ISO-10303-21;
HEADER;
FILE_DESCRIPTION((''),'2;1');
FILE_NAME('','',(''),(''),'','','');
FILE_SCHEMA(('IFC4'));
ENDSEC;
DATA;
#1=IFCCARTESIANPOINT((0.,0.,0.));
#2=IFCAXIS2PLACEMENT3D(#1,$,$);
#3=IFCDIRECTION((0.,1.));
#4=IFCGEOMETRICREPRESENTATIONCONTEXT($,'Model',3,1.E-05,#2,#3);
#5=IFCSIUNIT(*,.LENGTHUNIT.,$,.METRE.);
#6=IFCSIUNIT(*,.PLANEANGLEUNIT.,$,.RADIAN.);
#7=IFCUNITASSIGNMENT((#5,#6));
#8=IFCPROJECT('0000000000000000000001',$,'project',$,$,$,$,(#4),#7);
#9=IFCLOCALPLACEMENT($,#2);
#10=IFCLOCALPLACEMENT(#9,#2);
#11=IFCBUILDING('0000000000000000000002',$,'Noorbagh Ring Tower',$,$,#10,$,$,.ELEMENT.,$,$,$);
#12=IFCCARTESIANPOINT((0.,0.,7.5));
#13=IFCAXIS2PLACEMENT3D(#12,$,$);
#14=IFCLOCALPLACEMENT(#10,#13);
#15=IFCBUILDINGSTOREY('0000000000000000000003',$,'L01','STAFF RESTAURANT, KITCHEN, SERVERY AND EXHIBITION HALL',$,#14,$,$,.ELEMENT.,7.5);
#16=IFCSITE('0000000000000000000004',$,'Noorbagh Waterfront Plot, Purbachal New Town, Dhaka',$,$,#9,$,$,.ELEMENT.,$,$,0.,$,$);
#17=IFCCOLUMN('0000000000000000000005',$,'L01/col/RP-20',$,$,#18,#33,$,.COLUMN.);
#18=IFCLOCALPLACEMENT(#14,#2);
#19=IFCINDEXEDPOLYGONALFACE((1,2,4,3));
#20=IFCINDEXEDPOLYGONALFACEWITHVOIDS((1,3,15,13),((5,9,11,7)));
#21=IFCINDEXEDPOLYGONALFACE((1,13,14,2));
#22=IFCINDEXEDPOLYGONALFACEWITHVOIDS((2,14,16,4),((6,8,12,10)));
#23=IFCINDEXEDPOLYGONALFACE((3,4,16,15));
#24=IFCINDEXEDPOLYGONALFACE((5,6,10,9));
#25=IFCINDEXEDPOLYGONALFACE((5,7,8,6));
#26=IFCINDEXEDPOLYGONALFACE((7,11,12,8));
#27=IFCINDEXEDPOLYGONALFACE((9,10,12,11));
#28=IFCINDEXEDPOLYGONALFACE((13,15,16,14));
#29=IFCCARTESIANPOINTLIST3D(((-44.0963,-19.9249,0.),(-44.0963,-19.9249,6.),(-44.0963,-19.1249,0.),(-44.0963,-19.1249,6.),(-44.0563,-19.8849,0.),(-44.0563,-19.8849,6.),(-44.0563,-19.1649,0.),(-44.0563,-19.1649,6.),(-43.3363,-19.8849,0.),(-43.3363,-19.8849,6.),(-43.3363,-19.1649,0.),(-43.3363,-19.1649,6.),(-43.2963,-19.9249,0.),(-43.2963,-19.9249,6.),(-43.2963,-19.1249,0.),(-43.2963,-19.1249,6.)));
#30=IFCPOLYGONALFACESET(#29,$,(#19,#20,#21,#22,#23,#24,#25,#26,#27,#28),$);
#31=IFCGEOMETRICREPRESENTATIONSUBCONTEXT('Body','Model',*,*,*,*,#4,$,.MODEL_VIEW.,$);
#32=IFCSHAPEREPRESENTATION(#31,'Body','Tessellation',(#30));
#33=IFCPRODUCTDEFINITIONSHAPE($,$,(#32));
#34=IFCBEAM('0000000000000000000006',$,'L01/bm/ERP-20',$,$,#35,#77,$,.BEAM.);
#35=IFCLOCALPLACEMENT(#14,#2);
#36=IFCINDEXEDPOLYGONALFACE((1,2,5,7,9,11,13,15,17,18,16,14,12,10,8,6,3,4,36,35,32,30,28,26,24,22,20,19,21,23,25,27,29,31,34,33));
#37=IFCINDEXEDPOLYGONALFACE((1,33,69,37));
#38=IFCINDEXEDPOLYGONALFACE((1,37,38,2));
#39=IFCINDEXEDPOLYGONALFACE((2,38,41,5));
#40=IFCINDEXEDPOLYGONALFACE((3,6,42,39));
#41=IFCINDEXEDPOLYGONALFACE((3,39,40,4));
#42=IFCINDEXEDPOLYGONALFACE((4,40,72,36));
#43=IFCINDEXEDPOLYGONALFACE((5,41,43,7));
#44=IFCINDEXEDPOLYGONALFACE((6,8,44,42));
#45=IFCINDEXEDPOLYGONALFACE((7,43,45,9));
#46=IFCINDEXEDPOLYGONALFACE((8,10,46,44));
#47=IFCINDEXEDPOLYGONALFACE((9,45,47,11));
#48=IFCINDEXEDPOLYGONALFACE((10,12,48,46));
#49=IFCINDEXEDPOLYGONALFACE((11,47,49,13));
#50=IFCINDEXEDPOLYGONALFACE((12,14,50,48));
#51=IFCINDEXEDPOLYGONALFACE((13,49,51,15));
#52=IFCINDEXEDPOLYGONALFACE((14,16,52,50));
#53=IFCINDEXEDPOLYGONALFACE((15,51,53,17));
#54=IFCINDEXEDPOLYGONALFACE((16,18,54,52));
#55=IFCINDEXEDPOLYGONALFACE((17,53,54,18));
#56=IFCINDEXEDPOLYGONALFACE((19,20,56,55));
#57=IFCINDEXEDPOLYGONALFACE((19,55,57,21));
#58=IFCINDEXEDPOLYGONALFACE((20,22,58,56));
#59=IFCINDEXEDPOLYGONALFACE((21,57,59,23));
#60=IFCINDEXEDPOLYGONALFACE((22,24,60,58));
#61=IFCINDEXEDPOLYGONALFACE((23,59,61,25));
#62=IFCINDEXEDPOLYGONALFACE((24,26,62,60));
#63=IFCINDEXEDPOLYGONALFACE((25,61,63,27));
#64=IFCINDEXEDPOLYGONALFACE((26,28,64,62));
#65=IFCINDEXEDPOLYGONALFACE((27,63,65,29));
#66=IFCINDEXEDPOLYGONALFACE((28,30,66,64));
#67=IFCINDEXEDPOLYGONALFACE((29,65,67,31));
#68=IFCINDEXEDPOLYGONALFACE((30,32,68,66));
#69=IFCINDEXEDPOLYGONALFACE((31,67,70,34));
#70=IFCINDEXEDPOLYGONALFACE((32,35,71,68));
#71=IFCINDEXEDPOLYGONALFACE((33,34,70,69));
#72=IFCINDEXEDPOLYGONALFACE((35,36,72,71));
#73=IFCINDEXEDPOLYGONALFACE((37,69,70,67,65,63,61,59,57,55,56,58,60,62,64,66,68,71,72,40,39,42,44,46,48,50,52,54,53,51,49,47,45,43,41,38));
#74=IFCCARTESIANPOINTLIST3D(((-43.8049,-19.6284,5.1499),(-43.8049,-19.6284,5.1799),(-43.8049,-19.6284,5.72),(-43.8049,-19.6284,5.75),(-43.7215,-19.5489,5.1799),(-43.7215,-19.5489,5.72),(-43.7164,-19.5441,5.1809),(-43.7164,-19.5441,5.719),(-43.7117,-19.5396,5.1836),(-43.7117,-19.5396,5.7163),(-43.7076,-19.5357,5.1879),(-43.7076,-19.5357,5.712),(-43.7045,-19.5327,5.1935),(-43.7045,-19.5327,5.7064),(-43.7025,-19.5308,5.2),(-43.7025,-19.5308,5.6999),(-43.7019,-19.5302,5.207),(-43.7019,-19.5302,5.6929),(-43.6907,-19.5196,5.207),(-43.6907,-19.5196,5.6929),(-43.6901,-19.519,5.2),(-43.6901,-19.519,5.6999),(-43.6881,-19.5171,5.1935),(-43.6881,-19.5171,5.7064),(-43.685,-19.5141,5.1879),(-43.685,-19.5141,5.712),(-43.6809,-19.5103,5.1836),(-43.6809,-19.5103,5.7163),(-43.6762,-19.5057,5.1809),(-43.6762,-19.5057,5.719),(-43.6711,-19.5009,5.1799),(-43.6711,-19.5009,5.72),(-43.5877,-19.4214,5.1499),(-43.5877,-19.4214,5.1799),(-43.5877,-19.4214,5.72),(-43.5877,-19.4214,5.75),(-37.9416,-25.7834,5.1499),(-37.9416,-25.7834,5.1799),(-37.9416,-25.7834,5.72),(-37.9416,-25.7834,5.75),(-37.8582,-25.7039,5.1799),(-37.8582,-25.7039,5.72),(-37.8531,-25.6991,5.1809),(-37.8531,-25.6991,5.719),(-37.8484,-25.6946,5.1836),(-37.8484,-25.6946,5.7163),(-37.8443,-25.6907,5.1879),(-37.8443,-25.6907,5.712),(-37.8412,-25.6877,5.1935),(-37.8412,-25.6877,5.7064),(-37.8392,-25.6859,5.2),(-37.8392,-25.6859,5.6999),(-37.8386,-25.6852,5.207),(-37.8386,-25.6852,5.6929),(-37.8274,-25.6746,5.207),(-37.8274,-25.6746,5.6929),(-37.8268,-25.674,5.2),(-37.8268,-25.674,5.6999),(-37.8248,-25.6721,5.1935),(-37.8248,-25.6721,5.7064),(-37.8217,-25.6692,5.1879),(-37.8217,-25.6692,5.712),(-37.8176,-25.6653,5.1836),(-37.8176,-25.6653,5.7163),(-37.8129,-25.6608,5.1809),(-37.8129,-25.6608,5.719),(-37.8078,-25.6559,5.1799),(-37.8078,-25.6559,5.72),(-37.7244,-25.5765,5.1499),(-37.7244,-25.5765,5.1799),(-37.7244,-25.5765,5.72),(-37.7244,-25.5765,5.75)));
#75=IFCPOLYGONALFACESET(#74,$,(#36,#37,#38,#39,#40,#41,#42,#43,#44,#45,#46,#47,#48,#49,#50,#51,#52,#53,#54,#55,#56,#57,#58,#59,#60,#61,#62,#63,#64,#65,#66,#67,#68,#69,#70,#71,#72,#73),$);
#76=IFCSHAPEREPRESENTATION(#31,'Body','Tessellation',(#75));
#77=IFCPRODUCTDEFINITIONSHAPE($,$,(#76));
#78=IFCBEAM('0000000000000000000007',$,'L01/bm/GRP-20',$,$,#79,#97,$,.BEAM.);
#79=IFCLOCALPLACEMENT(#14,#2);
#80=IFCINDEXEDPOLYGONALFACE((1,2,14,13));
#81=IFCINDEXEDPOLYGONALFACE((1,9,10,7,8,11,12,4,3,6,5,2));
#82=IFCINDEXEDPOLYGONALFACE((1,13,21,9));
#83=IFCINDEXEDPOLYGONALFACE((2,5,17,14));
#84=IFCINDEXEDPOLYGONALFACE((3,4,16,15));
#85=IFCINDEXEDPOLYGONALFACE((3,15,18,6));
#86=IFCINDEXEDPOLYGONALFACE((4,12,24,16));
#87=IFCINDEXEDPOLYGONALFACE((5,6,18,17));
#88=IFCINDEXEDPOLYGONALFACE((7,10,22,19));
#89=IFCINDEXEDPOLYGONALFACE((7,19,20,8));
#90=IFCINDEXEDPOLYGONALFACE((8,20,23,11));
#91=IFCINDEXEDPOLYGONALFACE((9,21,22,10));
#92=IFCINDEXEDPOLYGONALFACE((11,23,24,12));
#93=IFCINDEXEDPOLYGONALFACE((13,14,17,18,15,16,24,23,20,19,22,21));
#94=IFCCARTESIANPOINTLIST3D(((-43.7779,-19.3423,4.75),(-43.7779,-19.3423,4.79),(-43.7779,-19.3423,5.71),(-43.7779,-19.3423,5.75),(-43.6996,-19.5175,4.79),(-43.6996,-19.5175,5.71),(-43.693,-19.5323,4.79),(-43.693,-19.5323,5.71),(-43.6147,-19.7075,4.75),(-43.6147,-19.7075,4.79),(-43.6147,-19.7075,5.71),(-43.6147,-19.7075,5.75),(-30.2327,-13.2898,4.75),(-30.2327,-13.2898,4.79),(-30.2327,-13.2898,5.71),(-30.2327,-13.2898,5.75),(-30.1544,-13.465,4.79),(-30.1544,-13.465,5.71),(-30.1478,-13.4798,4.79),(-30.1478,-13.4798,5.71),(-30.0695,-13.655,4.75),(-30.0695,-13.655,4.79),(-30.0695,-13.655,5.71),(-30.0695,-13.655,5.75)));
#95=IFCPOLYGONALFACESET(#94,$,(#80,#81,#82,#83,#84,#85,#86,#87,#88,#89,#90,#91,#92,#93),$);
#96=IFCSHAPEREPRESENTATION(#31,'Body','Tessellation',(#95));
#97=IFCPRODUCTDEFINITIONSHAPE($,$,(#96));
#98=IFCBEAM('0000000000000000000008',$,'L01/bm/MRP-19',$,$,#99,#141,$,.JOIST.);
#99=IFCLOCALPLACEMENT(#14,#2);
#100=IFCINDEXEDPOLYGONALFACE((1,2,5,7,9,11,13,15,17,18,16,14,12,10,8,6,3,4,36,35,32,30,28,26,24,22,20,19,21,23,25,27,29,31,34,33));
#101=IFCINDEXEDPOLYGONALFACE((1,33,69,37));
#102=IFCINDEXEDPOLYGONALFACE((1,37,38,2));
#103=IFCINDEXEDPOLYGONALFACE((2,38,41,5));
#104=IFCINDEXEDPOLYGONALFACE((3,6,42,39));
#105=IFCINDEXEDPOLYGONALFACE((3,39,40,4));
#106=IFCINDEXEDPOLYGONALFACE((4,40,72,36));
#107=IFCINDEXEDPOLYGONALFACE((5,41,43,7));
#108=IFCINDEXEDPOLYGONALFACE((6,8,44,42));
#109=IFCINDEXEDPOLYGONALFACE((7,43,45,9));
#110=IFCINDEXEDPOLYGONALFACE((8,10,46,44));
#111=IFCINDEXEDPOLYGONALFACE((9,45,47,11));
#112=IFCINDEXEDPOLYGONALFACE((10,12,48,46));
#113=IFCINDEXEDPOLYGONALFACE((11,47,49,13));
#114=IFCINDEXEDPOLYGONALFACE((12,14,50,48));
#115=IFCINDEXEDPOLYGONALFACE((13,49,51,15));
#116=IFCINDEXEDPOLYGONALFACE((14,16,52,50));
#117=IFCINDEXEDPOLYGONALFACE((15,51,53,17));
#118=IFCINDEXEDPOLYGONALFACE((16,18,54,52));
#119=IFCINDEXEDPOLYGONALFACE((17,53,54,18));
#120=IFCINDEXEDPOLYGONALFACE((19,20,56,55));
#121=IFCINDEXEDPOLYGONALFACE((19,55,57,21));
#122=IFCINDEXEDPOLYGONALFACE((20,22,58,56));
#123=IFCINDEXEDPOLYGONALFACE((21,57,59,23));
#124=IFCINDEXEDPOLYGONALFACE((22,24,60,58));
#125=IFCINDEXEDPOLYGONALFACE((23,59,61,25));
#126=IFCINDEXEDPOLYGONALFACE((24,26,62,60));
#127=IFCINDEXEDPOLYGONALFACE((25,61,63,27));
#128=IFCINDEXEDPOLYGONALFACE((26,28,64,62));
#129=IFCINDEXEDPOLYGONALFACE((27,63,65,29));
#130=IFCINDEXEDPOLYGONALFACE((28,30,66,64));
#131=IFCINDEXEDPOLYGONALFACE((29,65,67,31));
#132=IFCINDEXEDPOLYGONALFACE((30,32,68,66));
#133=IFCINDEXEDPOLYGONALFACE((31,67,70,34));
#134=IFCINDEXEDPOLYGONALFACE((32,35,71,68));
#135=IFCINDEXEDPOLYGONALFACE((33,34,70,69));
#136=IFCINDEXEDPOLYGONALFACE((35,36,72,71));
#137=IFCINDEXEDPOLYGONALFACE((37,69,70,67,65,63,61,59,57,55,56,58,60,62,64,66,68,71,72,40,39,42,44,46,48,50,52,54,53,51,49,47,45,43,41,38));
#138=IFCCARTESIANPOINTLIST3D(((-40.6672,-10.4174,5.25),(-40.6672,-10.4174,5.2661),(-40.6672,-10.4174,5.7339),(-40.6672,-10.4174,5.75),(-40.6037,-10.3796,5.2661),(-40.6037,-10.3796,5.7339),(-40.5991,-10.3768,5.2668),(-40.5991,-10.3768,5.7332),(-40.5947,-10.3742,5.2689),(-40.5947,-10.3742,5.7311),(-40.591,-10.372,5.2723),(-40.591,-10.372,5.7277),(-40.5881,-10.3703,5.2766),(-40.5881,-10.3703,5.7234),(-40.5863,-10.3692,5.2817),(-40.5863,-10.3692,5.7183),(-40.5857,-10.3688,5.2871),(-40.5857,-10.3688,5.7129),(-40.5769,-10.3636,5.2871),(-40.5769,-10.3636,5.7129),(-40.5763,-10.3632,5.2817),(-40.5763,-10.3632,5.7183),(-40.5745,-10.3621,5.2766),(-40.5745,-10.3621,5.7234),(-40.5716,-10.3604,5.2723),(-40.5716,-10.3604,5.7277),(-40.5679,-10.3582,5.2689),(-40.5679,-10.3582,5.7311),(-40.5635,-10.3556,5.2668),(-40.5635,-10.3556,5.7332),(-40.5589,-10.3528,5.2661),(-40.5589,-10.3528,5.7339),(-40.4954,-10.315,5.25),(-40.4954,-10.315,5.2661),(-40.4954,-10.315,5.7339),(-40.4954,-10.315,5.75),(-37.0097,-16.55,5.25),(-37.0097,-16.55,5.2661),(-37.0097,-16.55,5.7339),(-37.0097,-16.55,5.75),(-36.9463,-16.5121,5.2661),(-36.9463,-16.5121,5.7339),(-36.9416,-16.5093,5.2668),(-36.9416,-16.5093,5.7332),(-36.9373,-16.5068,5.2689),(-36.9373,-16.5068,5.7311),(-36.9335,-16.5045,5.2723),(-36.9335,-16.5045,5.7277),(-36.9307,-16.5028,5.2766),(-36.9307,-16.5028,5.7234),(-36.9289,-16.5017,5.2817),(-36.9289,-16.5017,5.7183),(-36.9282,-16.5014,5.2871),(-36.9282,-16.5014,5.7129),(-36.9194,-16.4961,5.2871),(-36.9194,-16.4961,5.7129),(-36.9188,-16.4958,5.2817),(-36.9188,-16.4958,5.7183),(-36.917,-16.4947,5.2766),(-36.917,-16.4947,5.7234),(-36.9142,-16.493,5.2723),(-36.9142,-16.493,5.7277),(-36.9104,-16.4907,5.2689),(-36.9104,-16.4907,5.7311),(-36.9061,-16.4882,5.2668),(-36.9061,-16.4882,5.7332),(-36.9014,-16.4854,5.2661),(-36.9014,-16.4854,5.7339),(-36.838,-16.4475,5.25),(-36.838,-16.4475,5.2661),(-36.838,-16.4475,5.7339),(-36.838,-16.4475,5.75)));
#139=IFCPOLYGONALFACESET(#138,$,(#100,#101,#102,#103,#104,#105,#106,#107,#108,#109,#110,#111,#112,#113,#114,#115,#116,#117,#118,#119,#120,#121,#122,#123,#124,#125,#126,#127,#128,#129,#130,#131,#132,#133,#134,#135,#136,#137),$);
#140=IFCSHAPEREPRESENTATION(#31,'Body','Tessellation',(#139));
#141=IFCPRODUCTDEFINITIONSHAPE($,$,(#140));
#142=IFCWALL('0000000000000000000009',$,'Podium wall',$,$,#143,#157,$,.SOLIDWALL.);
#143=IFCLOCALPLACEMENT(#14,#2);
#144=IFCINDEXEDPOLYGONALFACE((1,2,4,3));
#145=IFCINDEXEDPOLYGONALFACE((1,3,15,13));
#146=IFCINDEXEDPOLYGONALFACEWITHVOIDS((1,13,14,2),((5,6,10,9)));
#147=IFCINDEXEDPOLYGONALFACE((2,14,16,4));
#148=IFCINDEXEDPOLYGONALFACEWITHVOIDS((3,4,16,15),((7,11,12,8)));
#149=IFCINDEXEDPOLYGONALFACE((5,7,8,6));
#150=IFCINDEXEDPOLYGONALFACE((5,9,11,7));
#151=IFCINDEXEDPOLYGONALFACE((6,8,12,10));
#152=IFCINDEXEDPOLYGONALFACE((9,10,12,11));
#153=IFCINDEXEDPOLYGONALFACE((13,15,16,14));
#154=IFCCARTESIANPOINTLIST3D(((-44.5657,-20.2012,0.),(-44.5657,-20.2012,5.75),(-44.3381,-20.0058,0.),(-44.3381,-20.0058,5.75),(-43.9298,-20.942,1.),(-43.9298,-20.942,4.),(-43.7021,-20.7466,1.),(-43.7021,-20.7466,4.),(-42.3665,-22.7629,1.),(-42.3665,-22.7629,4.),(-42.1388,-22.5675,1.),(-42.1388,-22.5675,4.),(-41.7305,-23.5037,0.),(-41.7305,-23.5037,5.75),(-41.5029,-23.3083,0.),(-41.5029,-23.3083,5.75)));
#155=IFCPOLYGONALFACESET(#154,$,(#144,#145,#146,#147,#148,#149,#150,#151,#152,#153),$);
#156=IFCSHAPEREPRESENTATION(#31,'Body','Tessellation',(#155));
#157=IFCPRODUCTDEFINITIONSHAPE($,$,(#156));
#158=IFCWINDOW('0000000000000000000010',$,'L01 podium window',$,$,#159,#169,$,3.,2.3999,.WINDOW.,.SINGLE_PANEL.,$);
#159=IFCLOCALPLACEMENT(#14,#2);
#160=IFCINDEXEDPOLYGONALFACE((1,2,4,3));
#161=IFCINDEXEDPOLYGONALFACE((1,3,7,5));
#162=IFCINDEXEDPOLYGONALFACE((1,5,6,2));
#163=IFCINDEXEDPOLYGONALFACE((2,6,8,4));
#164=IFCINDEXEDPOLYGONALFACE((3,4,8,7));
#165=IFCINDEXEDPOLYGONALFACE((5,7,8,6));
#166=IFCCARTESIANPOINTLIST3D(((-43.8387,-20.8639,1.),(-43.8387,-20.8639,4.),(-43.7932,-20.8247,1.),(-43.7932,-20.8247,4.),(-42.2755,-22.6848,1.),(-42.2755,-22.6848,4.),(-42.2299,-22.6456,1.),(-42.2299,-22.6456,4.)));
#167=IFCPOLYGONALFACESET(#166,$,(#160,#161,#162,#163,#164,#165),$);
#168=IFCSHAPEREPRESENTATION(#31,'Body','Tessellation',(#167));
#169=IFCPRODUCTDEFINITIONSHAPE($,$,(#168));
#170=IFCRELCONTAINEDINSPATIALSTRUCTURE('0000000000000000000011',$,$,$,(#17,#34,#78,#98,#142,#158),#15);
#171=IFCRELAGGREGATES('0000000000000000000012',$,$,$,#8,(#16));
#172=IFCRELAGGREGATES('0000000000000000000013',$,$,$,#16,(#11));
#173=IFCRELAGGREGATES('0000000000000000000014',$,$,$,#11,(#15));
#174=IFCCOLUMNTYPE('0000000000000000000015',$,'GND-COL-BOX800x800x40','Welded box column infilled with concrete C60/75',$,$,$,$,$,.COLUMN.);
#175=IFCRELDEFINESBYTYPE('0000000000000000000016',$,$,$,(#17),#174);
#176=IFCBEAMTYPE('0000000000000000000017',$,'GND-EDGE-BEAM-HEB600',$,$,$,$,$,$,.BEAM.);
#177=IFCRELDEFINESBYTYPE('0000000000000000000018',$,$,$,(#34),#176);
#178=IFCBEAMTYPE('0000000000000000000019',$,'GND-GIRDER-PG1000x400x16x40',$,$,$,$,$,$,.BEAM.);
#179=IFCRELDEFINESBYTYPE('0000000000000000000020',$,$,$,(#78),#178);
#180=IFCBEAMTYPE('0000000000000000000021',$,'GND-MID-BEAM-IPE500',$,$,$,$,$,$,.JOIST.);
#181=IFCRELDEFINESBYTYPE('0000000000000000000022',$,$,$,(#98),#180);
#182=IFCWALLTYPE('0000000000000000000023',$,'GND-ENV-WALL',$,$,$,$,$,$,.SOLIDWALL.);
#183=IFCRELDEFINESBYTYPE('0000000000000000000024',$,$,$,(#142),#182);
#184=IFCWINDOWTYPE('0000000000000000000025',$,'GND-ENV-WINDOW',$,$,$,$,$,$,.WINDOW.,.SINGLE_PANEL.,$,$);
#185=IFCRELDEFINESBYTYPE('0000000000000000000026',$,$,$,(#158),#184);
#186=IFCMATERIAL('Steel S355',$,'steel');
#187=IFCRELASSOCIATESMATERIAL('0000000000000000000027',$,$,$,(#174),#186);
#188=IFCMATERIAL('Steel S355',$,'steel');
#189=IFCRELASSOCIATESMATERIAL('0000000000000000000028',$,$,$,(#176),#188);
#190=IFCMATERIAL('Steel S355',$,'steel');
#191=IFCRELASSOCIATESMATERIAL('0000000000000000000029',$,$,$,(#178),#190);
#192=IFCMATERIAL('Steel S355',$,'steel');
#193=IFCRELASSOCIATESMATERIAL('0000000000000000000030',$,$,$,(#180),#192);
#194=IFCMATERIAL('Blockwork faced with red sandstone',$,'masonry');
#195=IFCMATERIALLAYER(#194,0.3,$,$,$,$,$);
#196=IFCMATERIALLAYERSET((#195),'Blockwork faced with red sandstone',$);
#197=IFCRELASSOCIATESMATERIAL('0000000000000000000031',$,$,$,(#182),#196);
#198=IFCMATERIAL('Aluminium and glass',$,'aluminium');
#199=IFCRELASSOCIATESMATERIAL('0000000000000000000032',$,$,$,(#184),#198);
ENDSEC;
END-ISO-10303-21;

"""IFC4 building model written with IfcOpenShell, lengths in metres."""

from ifc_helpers import new_model, si_unit, direction, frame, frame_2d, origin, origin_2d, place, context, subcontext, project, spatial, rectangle, hollow_rectangle, i_section, extrude, material, layer, layer_set, material_profile, profile_set, type_object, element, fill, save


model = new_model("IFC4")

# Units and contexts
model_context = context("Model", 3, precision=1e-05, world=origin(), true_north=direction((0.0, 1.0)))
body_context = subcontext(model_context, "Body", "Model", "MODEL_VIEW")
ifc_project = project(units=[si_unit("LENGTHUNIT", "METRE"), si_unit("PLANEANGLEUNIT", "RADIAN")], contexts=[model_context])

# Site, building, storey
site_placement = place(None, origin())
site = spatial("IfcSite", under=ifc_project, at=site_placement, Name="Noorbagh Waterfront Plot, Purbachal New Town, Dhaka", CompositionType="ELEMENT", RefElevation=0.0)
building_placement = place(site_placement, origin())
building = spatial("IfcBuilding", under=site, at=building_placement, Name="Noorbagh Ring Tower", CompositionType="ELEMENT")
storey_placement = place(building_placement, frame((0.0, 0.0, 7.5)))
storey = spatial("IfcBuildingStorey", under=building, at=storey_placement, Name="L01", Description="STAFF RESTAURANT, KITCHEN, SERVERY AND EXHIBITION HALL", CompositionType="ELEMENT", Elevation=7.5)

# Column
ifc_material_1 = material(Name="Steel S355", Category="steel")
ifc_material_profile_1 = material_profile(ifc_material_1, hollow_rectangle(XDim=0.8, YDim=0.8, WallThickness=0.04, at=origin_2d()), Name="BOX800x800x40")
ifc_profile_set_1 = profile_set([ifc_material_profile_1], Name="Steel S355")
column_type = type_object("IfcColumnType", Name="GND-COL-BOX800x800x40", Description="Welded box column infilled with concrete C60/75", PredefinedType="COLUMN", material=ifc_profile_set_1)
column_placement = place(storey_placement, frame((-43.6963, -19.5249, 0.0), z_axis=(0.0, 0.0, 1.0), x_axis=(1.0, 0.0, 0.0)))
element("IfcColumn", 1, at=column_placement, inside=storey, type_object=column_type, Name="L01/col/RP-20", PredefinedType="COLUMN", context=body_context, shape_type="SweptSolid", body=[
    extrude(hollow_rectangle(XDim=0.8, YDim=0.8, WallThickness=0.04, at=origin_2d()), origin(), (0.0, 0.0, 1.0), 6.0),
])

# Beams
ifc_material_2 = material(Name="Steel S355", Category="steel")
ifc_material_profile_2 = material_profile(ifc_material_2, i_section(OverallWidth=0.3, OverallDepth=0.6001, WebThickness=0.0154, FlangeThickness=0.03, FilletRadius=0.0271, at=origin_2d()), Name="HEB600")
ifc_profile_set_2 = profile_set([ifc_material_profile_2], Name="Steel S355")
beam_type_1 = type_object("IfcBeamType", Name="GND-EDGE-BEAM-HEB600", PredefinedType="BEAM", material=ifc_profile_set_2)
beam_1_placement = place(storey_placement, frame((-43.6963, -19.5249, 5.45), z_axis=(0.689738, -0.724059, 0.0), x_axis=(0.724059, 0.689738, 0.0)))
element("IfcBeam", 2, at=beam_1_placement, inside=storey, type_object=beam_type_1, Name="L01/bm/ERP-20", PredefinedType="BEAM", context=body_context, shape_type="SweptSolid", body=[
    extrude(i_section(OverallWidth=0.3, OverallDepth=0.6001, WebThickness=0.0154, FlangeThickness=0.03, FilletRadius=0.0271, at=origin_2d()), origin(), (0.0, 0.0, 1.0), 8.5007),
])
ifc_material_3 = material(Name="Steel S355", Category="steel")
ifc_material_profile_3 = material_profile(ifc_material_3, i_section(OverallWidth=0.3999, OverallDepth=1.0, WebThickness=0.0161, FlangeThickness=0.04, at=origin_2d()), Name="PG1000x400x16x40")
ifc_profile_set_3 = profile_set([ifc_material_profile_3], Name="Steel S355")
beam_type_2 = type_object("IfcBeamType", Name="GND-GIRDER-PG1000x400x16x40", PredefinedType="BEAM", material=ifc_profile_set_3)
beam_2_placement = place(storey_placement, frame((-43.6963, -19.5249, 5.25), z_axis=(0.912999, 0.407962, 0.0), x_axis=(-0.407962, 0.912999, 0.0)))
element("IfcBeam", 3, at=beam_2_placement, inside=storey, type_object=beam_type_2, Name="L01/bm/GRP-20", PredefinedType="BEAM", context=body_context, shape_type="SweptSolid", body=[
    extrude(i_section(OverallWidth=0.3999, OverallDepth=1.0, WebThickness=0.0161, FlangeThickness=0.04, at=origin_2d()), origin(), (0.0, 0.0, 1.0), 14.8359),
])
ifc_material_4 = material(Name="Steel S355", Category="steel")
ifc_material_profile_4 = material_profile(ifc_material_4, i_section(OverallWidth=0.2, OverallDepth=0.5, WebThickness=0.0103, FlangeThickness=0.0161, FilletRadius=0.021, at=origin_2d()), Name="IPE500")
ifc_profile_set_4 = profile_set([ifc_material_profile_4], Name="Steel S355")
beam_type_3 = type_object("IfcBeamType", Name="GND-MID-BEAM-IPE500", PredefinedType="JOIST", material=ifc_profile_set_4)
beam_3_placement = place(storey_placement, frame((-40.5813, -10.3662, 5.5), z_axis=(0.512221, -0.858854, 0.0), x_axis=(0.858854, 0.512221, 0.0)))
element("IfcBeam", 4, at=beam_3_placement, inside=storey, type_object=beam_type_3, Name="L01/bm/MRP-19", PredefinedType="JOIST", context=body_context, shape_type="SweptSolid", body=[
    extrude(i_section(OverallWidth=0.2, OverallDepth=0.5, WebThickness=0.0103, FlangeThickness=0.0161, FilletRadius=0.021, at=origin_2d()), origin(), (0.0, 0.0, 1.0), 7.1404),
])

# Wall, opening, window
ifc_material_5 = material(Name="Blockwork faced with red sandstone", Category="masonry")
ifc_layer_1 = layer(ifc_material_5, 0.3)
ifc_layer_set_1 = layer_set([ifc_layer_1], Name="Blockwork faced with red sandstone")
wall_type_1 = type_object("IfcWallType", Name="GND-ENV-WALL", PredefinedType="SOLIDWALL", material=ifc_layer_set_1)
wall_1_placement = place(storey_placement, frame((-44.4519, -20.1035, 0.0), z_axis=(0.0, 0.0, 1.0), x_axis=(0.651387, -0.758746, 0.0)))
wall_1 = element("IfcWall", 5, at=wall_1_placement, inside=storey, type_object=wall_type_1, Name="Podium wall", PredefinedType="SOLIDWALL", context=body_context, shape_type="SweptSolid", body=[
    extrude(rectangle(XDim=4.3525, YDim=0.3, at=frame_2d((2.1763, 0.0))), origin(), (0.0, 0.0, 1.0), 5.75),
])
opening_1_placement = place(wall_1_placement, frame((0.9763, 0.0, 1.0)))
opening_1 = element("IfcOpeningElement", 6, at=opening_1_placement, cuts=wall_1, PredefinedType="OPENING", context=body_context, shape_type="SweptSolid", body=[
    extrude(rectangle(XDim=2.3999, YDim=3.0, at=frame_2d((1.2, 1.5))), frame((0.0, 0.1602, 0.0), z_axis=(0.0, -1.0, 0.0), x_axis=(1.0, 0.0, 0.0)), (0.0, 0.0, 1.0), 0.3201),
])
ifc_material_6 = material(Name="Aluminium and glass", Category="aluminium")
window_type = type_object("IfcWindowType", Name="GND-ENV-WINDOW", PartitioningType="SINGLE_PANEL", PredefinedType="WINDOW", material=ifc_material_6)
window_1_placement = place(opening_1_placement, origin())
window_1 = element("IfcWindow", 7, at=window_1_placement, inside=storey, type_object=window_type, Name="L01 podium window", OverallHeight=3.0, OverallWidth=2.3999, PartitioningType="SINGLE_PANEL", PredefinedType="WINDOW", context=body_context, shape_type="SweptSolid", body=[
    extrude(rectangle(XDim=2.3999, YDim=3.0, at=frame_2d((1.2, 1.5))), frame((0.0, 0.03, 0.0), z_axis=(0.0, -1.0, 0.0), x_axis=(1.0, 0.0, 0.0)), (0.0, 0.0, 1.0), 0.0601),
])
fill(opening_1, window_1)

save(model, "model.ifc")
